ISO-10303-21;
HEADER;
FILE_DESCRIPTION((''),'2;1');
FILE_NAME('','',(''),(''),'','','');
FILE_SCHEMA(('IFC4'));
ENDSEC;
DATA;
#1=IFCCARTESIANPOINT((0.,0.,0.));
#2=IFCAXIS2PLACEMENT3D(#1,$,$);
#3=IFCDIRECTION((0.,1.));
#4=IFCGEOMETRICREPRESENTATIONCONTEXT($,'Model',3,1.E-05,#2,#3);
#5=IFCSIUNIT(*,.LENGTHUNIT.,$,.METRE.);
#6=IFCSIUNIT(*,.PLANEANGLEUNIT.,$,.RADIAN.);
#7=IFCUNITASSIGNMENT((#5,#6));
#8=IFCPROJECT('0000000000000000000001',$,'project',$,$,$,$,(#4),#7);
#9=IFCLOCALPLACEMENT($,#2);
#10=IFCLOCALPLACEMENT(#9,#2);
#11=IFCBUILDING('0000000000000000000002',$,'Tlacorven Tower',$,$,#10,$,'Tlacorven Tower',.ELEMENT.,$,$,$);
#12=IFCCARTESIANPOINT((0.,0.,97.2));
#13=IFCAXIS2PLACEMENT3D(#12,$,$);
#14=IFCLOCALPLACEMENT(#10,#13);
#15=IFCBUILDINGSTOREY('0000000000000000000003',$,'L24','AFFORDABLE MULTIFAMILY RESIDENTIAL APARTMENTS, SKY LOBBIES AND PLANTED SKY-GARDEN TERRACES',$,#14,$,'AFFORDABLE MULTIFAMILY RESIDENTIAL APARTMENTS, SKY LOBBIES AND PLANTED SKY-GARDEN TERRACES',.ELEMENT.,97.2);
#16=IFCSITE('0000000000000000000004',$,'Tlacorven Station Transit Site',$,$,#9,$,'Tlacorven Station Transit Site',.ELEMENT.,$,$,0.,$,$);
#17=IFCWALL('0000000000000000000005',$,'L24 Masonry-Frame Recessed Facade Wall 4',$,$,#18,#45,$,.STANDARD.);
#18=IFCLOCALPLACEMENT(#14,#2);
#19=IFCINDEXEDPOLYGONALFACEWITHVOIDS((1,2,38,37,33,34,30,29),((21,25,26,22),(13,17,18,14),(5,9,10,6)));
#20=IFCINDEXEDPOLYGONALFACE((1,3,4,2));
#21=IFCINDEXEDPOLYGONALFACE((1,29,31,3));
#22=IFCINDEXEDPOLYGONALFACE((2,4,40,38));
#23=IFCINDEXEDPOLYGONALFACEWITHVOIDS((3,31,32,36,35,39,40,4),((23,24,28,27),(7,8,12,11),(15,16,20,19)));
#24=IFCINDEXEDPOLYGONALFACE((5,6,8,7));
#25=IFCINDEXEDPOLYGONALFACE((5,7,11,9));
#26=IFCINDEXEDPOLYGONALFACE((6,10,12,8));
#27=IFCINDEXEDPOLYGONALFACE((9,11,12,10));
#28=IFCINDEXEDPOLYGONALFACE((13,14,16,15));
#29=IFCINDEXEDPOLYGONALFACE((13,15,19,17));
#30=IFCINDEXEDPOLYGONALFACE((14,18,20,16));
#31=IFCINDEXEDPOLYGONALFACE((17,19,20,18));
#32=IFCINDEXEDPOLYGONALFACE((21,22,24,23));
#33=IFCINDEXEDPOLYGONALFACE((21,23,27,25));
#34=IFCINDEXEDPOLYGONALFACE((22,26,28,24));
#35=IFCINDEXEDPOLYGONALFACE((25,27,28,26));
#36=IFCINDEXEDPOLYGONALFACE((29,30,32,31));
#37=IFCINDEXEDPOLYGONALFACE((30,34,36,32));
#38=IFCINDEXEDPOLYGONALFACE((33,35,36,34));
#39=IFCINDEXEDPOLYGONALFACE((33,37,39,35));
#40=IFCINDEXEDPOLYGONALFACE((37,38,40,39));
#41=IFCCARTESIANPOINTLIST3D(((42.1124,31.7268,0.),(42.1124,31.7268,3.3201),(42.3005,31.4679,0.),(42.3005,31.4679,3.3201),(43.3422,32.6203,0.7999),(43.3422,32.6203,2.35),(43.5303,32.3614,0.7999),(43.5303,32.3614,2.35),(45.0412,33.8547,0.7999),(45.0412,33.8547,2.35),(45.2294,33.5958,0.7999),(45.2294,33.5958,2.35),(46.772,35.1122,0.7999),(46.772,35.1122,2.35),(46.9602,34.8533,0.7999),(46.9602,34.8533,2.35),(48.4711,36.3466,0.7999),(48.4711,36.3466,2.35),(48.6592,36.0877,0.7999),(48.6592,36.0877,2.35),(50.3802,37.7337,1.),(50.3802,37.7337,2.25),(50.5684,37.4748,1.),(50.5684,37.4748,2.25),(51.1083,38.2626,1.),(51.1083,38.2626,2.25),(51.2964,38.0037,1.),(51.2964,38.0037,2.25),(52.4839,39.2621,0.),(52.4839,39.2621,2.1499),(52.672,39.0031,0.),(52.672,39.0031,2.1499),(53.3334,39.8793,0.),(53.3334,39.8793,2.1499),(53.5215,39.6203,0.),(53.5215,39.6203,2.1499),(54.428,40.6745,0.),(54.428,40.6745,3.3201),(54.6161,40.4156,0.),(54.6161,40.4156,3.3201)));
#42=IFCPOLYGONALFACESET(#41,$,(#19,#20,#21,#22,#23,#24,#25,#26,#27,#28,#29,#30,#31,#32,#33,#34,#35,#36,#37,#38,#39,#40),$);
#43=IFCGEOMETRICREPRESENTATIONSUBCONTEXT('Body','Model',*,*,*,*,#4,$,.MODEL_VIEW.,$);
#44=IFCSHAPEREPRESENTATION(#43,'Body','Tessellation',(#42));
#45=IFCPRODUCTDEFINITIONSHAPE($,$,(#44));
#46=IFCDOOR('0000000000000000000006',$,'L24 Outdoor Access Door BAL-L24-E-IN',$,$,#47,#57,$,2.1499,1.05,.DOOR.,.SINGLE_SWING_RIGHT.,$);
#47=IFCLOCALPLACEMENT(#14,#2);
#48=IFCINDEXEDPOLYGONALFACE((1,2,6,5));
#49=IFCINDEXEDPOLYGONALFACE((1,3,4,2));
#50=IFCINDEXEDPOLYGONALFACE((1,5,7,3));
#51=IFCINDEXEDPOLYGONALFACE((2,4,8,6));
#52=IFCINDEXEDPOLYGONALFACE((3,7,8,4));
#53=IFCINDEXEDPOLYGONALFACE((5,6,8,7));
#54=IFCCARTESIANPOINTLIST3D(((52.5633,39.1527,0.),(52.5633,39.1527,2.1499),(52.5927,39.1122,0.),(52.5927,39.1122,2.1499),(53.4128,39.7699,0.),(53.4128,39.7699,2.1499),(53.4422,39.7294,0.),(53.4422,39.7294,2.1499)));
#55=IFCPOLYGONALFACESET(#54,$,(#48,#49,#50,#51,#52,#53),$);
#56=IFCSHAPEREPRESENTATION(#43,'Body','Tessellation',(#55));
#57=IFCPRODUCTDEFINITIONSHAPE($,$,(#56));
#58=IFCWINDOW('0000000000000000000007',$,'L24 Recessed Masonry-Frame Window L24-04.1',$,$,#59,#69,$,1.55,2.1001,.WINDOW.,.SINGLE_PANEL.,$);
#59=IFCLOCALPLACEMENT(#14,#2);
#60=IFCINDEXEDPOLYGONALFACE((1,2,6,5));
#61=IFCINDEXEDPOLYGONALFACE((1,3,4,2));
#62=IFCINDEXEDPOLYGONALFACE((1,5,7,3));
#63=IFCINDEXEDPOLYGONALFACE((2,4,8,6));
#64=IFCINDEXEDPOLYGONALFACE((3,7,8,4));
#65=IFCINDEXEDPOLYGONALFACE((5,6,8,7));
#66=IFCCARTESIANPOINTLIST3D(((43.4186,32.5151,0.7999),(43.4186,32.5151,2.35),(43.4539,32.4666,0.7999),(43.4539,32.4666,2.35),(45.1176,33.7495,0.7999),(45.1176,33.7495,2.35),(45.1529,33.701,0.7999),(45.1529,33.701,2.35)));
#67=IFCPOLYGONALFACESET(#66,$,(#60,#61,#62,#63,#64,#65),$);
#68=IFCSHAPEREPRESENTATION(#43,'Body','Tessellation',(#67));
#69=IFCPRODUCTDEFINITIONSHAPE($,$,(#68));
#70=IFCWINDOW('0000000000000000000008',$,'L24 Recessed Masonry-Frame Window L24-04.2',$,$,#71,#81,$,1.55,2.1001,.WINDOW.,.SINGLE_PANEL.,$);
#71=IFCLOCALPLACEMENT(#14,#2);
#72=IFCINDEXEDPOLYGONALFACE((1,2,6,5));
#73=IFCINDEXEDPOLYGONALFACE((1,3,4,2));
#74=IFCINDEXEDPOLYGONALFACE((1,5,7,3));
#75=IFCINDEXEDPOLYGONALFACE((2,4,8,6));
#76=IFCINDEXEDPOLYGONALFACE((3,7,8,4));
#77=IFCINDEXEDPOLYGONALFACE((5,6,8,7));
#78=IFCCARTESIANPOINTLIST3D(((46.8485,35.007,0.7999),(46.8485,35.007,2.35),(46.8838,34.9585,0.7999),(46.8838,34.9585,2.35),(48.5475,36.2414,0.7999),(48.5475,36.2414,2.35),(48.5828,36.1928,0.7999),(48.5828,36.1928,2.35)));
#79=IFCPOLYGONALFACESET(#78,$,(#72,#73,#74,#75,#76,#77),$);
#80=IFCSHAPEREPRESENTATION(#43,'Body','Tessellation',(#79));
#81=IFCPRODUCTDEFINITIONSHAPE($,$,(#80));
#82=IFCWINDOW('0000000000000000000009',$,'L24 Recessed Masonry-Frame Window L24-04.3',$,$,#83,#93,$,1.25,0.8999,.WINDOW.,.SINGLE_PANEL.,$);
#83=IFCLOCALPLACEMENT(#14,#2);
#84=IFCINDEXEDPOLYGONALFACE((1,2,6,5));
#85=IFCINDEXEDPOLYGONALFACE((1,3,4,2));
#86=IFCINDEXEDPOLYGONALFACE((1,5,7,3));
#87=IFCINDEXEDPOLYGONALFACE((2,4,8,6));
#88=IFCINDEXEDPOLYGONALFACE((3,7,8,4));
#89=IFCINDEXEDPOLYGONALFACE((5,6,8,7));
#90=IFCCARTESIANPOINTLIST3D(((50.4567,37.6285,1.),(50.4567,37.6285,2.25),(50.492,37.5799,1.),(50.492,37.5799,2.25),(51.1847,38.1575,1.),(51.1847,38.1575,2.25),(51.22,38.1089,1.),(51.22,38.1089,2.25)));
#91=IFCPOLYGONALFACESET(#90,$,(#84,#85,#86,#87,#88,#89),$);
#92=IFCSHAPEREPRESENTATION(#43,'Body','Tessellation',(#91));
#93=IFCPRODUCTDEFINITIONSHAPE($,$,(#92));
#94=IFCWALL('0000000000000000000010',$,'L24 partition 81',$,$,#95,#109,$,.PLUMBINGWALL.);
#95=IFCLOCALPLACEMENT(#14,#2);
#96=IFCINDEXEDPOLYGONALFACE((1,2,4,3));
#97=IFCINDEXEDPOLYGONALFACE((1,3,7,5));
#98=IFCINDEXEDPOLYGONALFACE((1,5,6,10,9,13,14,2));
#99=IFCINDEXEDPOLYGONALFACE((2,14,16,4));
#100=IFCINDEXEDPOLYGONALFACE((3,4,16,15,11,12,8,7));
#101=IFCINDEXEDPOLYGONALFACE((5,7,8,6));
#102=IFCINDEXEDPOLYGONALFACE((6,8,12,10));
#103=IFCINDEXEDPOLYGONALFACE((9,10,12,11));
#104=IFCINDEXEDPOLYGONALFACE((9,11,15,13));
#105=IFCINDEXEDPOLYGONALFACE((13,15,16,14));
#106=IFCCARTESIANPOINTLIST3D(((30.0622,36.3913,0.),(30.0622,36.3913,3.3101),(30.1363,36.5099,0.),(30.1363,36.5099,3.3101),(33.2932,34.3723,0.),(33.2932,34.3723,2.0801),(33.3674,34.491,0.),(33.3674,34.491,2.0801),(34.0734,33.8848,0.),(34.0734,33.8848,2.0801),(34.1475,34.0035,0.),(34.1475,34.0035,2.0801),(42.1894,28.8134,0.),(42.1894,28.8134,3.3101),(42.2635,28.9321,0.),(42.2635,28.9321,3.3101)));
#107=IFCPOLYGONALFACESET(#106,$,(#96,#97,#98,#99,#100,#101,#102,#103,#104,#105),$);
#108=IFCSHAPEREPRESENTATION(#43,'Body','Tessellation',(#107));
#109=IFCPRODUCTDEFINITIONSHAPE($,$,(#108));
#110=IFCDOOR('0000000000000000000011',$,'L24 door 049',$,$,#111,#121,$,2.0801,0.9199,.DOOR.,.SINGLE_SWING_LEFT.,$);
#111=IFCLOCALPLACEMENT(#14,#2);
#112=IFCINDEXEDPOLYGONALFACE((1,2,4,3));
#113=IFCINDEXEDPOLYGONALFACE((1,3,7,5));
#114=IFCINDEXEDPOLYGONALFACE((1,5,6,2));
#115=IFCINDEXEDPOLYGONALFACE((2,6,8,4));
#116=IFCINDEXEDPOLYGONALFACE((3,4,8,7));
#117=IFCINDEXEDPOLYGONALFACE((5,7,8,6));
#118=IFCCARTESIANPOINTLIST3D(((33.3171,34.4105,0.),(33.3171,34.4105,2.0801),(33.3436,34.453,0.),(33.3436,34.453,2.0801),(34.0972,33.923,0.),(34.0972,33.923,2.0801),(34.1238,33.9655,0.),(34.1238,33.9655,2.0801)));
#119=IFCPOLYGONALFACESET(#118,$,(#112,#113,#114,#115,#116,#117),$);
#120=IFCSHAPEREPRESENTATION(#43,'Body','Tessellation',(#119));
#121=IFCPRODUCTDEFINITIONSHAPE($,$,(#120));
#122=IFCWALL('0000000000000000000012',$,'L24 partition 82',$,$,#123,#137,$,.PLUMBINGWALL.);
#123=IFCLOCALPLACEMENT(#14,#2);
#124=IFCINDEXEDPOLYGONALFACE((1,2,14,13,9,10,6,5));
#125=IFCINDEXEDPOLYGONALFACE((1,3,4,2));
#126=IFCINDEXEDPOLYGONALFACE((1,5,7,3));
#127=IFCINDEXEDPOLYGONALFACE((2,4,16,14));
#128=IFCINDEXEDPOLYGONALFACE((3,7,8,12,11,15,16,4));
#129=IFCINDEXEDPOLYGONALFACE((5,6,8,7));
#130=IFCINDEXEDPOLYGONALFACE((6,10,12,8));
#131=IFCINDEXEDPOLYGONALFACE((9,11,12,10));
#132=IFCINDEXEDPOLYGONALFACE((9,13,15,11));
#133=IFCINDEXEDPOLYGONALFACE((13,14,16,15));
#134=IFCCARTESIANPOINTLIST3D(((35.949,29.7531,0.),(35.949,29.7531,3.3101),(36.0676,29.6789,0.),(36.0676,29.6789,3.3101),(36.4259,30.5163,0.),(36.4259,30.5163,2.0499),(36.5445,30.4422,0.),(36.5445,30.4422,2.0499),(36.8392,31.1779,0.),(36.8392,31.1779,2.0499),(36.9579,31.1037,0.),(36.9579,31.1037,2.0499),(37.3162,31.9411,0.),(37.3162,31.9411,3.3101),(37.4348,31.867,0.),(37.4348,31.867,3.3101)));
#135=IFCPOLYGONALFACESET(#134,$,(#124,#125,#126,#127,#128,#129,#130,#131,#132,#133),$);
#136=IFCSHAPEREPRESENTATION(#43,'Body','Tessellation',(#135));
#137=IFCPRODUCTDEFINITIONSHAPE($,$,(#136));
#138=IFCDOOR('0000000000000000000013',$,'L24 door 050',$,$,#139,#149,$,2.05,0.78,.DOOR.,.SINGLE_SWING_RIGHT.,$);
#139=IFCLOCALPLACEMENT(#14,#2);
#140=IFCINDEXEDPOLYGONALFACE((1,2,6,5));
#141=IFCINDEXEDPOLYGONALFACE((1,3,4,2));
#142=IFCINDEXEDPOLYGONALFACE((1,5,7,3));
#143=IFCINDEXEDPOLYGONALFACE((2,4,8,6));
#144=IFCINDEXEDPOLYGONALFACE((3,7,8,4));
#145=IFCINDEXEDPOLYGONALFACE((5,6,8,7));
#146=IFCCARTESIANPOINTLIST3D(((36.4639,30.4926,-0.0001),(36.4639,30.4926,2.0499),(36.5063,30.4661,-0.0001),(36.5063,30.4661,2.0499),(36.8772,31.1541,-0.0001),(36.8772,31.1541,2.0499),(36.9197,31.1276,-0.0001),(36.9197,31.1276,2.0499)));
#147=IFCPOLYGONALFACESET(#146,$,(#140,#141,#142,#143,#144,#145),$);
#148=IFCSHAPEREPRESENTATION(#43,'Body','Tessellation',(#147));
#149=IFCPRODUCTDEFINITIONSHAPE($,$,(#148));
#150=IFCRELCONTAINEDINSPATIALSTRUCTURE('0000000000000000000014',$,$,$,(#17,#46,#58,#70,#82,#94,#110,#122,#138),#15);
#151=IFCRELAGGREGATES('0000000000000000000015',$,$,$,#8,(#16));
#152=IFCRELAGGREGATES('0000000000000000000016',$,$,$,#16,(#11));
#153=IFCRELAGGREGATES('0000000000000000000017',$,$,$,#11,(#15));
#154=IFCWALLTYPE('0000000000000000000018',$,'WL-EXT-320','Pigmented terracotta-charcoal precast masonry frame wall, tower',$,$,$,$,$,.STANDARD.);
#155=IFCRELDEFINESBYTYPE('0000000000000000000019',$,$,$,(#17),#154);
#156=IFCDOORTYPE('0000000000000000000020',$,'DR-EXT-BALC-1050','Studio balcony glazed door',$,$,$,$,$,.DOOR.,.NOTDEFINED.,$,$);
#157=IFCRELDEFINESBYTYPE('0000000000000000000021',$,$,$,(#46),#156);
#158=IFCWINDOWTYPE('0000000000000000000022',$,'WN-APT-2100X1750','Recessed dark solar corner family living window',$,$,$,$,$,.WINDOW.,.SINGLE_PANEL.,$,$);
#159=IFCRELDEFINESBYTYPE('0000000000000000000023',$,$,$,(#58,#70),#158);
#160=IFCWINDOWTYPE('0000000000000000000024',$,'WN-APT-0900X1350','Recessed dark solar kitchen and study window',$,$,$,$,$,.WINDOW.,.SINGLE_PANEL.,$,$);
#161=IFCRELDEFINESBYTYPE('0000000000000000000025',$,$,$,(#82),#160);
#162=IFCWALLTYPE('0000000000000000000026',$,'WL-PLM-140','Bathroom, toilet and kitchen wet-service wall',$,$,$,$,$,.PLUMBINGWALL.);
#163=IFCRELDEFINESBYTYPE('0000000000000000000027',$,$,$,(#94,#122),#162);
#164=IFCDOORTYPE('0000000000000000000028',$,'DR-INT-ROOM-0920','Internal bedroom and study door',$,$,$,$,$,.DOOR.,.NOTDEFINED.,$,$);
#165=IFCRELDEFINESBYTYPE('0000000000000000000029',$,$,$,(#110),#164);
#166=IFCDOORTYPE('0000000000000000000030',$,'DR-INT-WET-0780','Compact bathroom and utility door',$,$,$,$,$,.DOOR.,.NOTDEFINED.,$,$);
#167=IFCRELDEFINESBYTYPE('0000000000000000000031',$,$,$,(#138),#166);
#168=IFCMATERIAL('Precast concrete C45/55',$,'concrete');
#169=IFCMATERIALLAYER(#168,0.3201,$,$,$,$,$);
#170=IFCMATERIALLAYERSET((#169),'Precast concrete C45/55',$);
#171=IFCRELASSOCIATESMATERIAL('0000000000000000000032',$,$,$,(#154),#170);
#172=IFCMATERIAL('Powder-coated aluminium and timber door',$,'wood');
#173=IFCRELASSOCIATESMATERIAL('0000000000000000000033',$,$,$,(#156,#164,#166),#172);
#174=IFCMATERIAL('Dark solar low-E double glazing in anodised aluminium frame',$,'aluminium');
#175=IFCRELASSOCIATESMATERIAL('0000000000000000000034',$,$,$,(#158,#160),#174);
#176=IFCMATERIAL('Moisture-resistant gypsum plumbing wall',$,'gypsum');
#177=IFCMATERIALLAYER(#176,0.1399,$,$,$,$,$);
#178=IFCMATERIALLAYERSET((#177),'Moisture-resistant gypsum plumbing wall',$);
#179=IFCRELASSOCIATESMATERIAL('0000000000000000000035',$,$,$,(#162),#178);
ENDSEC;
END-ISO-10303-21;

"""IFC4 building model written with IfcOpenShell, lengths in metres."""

from ifc_helpers import new_model, si_unit, direction, frame, frame_2d, origin, place, context, subcontext, project, spatial, rectangle, extrude, source, transform, mapped, material, layer, layer_set, type_object, element, fill, save


model = new_model("IFC4")

# Units and contexts
model_context = context("Model", 3, precision=1e-05, world=origin(), true_north=direction((0.0, 1.0)))
body_context = subcontext(model_context, "Body", "Model", "MODEL_VIEW")
ifc_project = project(units=[si_unit("LENGTHUNIT", "METRE"), si_unit("PLANEANGLEUNIT", "RADIAN")], contexts=[model_context])

# Site, building, storey
site_placement = place(None, origin())
site = spatial("IfcSite", under=ifc_project, at=site_placement, Name="Tlacorven Station Transit Site", LongName="Tlacorven Station Transit Site", CompositionType="ELEMENT", RefElevation=0.0)
building_placement = place(site_placement, origin())
building = spatial("IfcBuilding", under=site, at=building_placement, Name="Tlacorven Tower", LongName="Tlacorven Tower", CompositionType="ELEMENT")
storey_placement = place(building_placement, frame((0.0, 0.0, 97.2)))
storey = spatial("IfcBuildingStorey", under=building, at=storey_placement, Name="L24", Description="AFFORDABLE MULTIFAMILY RESIDENTIAL APARTMENTS, SKY LOBBIES AND PLANTED SKY-GARDEN TERRACES", LongName="AFFORDABLE MULTIFAMILY RESIDENTIAL APARTMENTS, SKY LOBBIES AND PLANTED SKY-GARDEN TERRACES", CompositionType="ELEMENT", Elevation=97.2)

# Wall, openings, door, windows
ifc_material_1 = material(Name="Precast concrete C45/55", Category="concrete")
ifc_layer_1 = layer(ifc_material_1, 0.3201)
ifc_layer_set_1 = layer_set([ifc_layer_1], Name="Precast concrete C45/55")
wall_type_1 = type_object("IfcWallType", Name="WL-EXT-320", Description="Pigmented terracotta-charcoal precast masonry frame wall, tower", PredefinedType="STANDARD", material=ifc_layer_set_1)
wall_1_placement = place(storey_placement, frame((42.2065, 31.5974, 0.0), z_axis=(0.0, 0.0, 1.0), x_axis=(0.80902, 0.587781, 0.0)))
wall_1 = element("IfcWall", 1, at=wall_1_placement, inside=storey, type_object=wall_type_1, Name="L24 Masonry-Frame Recessed Facade Wall 4", PredefinedType="STANDARD", context=body_context, shape_type="SweptSolid", body=[
    extrude(rectangle(XDim=15.2229, YDim=0.3201, at=frame_2d((7.6113, 0.0))), origin(), (0.0, 0.0, 1.0), 3.3201),
])
opening_1_placement = place(wall_1_placement, frame((12.8198, 0.0, 0.0)))
opening_1 = element("IfcOpeningElement", 2, at=opening_1_placement, cuts=wall_1, PredefinedType="OPENING", context=body_context, shape_type="SweptSolid", body=[
    extrude(rectangle(XDim=1.05, YDim=2.1499, at=frame_2d((0.5249, 1.075))), frame((0.0, 0.1699, 0.0), z_axis=(0.0, -1.0, 0.0), x_axis=(1.0, 0.0, 0.0)), (0.0, 0.0, 1.0), 0.3401),
])
opening_2_placement = place(wall_1_placement, frame((1.52, 0.0, 0.8)))
opening_2 = element("IfcOpeningElement", 3, at=opening_2_placement, cuts=wall_1, PredefinedType="OPENING", context=body_context, shape_type="SweptSolid", body=[
    extrude(rectangle(XDim=2.1001, YDim=1.55, at=frame_2d((1.05, 0.7749))), frame((0.0, 0.1699, 0.0), z_axis=(0.0, -1.0, 0.0), x_axis=(1.0, 0.0, 0.0)), (0.0, 0.0, 1.0), 0.3401),
])
opening_3_placement = place(wall_1_placement, frame((5.7595, 0.0, 0.8)))
opening_3 = element("IfcOpeningElement", 4, at=opening_3_placement, cuts=wall_1, PredefinedType="OPENING", context=body_context, shape_type="SweptSolid", body=[
    extrude(rectangle(XDim=2.1001, YDim=1.55, at=frame_2d((1.05, 0.7749))), frame((0.0, 0.1699, 0.0), z_axis=(0.0, -1.0, 0.0), x_axis=(1.0, 0.0, 0.0)), (0.0, 0.0, 1.0), 0.3401),
])
opening_4_placement = place(wall_1_placement, frame((10.2195, 0.0, 1.0)))
opening_4 = element("IfcOpeningElement", 5, at=opening_4_placement, cuts=wall_1, PredefinedType="OPENING", context=body_context, shape_type="SweptSolid", body=[
    extrude(rectangle(XDim=0.8999, YDim=1.25, at=frame_2d((0.45, 0.625))), frame((0.0, 0.1699, 0.0), z_axis=(0.0, -1.0, 0.0), x_axis=(1.0, 0.0, 0.0)), (0.0, 0.0, 1.0), 0.3401),
])
ifc_material_2 = material(Name="Powder-coated aluminium and timber door", Category="wood")
door_type_1 = type_object("IfcDoorType", Name="DR-EXT-BALC-1050", Description="Studio balcony glazed door", OperationType="NOTDEFINED", PredefinedType="DOOR", material=ifc_material_2)
shared_shape_1 = source(origin(), body_context, "Body", "SweptSolid", [
    extrude(rectangle(XDim=1.05, YDim=2.1499, at=frame_2d((0.5249, 1.075))), frame((0.0, 0.0249, 0.0), z_axis=(0.0, -1.0, 0.0), x_axis=(1.0, 0.0, 0.0)), (0.0, 0.0, 1.0), 0.05),
])
door_1_placement = place(opening_1_placement, origin())
door_1 = element("IfcDoor", 6, at=door_1_placement, inside=storey, type_object=door_type_1, Name="L24 Outdoor Access Door BAL-L24-E-IN", OperationType="SINGLE_SWING_RIGHT", OverallHeight=2.1499, OverallWidth=1.05, PredefinedType="DOOR", context=body_context, shape_type="MappedRepresentation", body=[
    mapped(shared_shape_1, transform((0.0, 0.0, 0.0), scale=1.0)),
])
fill(opening_1, door_1)
ifc_material_3 = material(Name="Dark solar low-E double glazing in anodised aluminium frame", Category="aluminium")
window_type_1 = type_object("IfcWindowType", Name="WN-APT-2100X1750", Description="Recessed dark solar corner family living window", PartitioningType="SINGLE_PANEL", PredefinedType="WINDOW", material=ifc_material_3)
shared_shape_2 = source(origin(), body_context, "Body", "SweptSolid", [
    extrude(rectangle(XDim=2.1001, YDim=1.55, at=frame_2d((1.05, 0.7749))), frame((0.0, 0.03, 0.0), z_axis=(0.0, -1.0, 0.0), x_axis=(1.0, 0.0, 0.0)), (0.0, 0.0, 1.0), 0.0601),
])
window_1_placement = place(opening_2_placement, origin())
window_1 = element("IfcWindow", 7, at=window_1_placement, inside=storey, type_object=window_type_1, Name="L24 Recessed Masonry-Frame Window L24-04.1", OverallHeight=1.55, OverallWidth=2.1001, PartitioningType="SINGLE_PANEL", PredefinedType="WINDOW", context=body_context, shape_type="MappedRepresentation", body=[
    mapped(shared_shape_2, transform((0.0, 0.0, 0.0), scale=1.0)),
])
fill(opening_2, window_1)
window_2_placement = place(opening_3_placement, origin())
window_2 = element("IfcWindow", 8, at=window_2_placement, inside=storey, type_object=window_type_1, Name="L24 Recessed Masonry-Frame Window L24-04.2", OverallHeight=1.55, OverallWidth=2.1001, PartitioningType="SINGLE_PANEL", PredefinedType="WINDOW", context=body_context, shape_type="MappedRepresentation", body=[
    mapped(shared_shape_2, transform((0.0, 0.0, 0.0), scale=1.0)),
])
fill(opening_3, window_2)
window_type_2 = type_object("IfcWindowType", Name="WN-APT-0900X1350", Description="Recessed dark solar kitchen and study window", PartitioningType="SINGLE_PANEL", PredefinedType="WINDOW", material=ifc_material_3)
shared_shape_3 = source(origin(), body_context, "Body", "SweptSolid", [
    extrude(rectangle(XDim=0.8999, YDim=1.25, at=frame_2d((0.45, 0.625))), frame((0.0, 0.03, 0.0), z_axis=(0.0, -1.0, 0.0), x_axis=(1.0, 0.0, 0.0)), (0.0, 0.0, 1.0), 0.0601),
])
window_3_placement = place(opening_4_placement, origin())
window_3 = element("IfcWindow", 9, at=window_3_placement, inside=storey, type_object=window_type_2, Name="L24 Recessed Masonry-Frame Window L24-04.3", OverallHeight=1.25, OverallWidth=0.8999, PartitioningType="SINGLE_PANEL", PredefinedType="WINDOW", context=body_context, shape_type="MappedRepresentation", body=[
    mapped(shared_shape_3, transform((0.0, 0.0, 0.0), scale=1.0)),
])
fill(opening_4, window_3)

# Walls, openings, doors
ifc_material_4 = material(Name="Moisture-resistant gypsum plumbing wall", Category="gypsum")
ifc_layer_2 = layer(ifc_material_4, 0.1399)
ifc_layer_set_2 = layer_set([ifc_layer_2], Name="Moisture-resistant gypsum plumbing wall")
wall_type_2 = type_object("IfcWallType", Name="WL-PLM-140", Description="Bathroom, toilet and kitchen wet-service wall", PredefinedType="PLUMBINGWALL", material=ifc_layer_set_2)
wall_2_placement = place(storey_placement, frame((42.2263, 28.8728, 0.0), z_axis=(0.0, 0.0, 1.0), x_axis=(-0.848049, 0.529918, 0.0)))
wall_2 = element("IfcWall", 10, at=wall_2_placement, inside=storey, type_object=wall_type_2, Name="L24 partition 81", PredefinedType="PLUMBINGWALL", context=body_context, shape_type="SweptSolid", body=[
    extrude(rectangle(XDim=14.3, YDim=0.1399, at=frame_2d((7.1499, 0.0))), origin(), (0.0, 0.0, 1.0), 3.3101),
])
opening_5_placement = place(wall_2_placement, frame((9.5701, 0.0, 0.0)))
opening_5 = element("IfcOpeningElement", 11, at=opening_5_placement, cuts=wall_2, PredefinedType="OPENING", context=body_context, shape_type="SweptSolid", body=[
    extrude(rectangle(XDim=0.9199, YDim=2.0801, at=frame_2d((0.46, 1.04))), frame((0.0, 0.0801, 0.0), z_axis=(0.0, -1.0, 0.0), x_axis=(1.0, 0.0, 0.0)), (0.0, 0.0, 1.0), 0.1599),
])
door_type_2 = type_object("IfcDoorType", Name="DR-INT-ROOM-0920", Description="Internal bedroom and study door", OperationType="NOTDEFINED", PredefinedType="DOOR", material=ifc_material_2)
shared_shape_4 = source(origin(), body_context, "Body", "SweptSolid", [
    extrude(rectangle(XDim=0.9199, YDim=2.0801, at=frame_2d((0.46, 1.04))), frame((0.0, 0.0249, 0.0), z_axis=(0.0, -1.0, 0.0), x_axis=(1.0, 0.0, 0.0)), (0.0, 0.0, 1.0), 0.05),
])
door_2_placement = place(opening_5_placement, origin())
door_2 = element("IfcDoor", 12, at=door_2_placement, inside=storey, type_object=door_type_2, Name="L24 door 049", OperationType="SINGLE_SWING_LEFT", OverallHeight=2.0801, OverallWidth=0.9199, PredefinedType="DOOR", context=body_context, shape_type="MappedRepresentation", body=[
    mapped(shared_shape_4, transform((0.0, 0.0, 0.0), scale=1.0)),
])
fill(opening_5, door_2)
wall_3_placement = place(storey_placement, frame((37.3755, 31.9041, 0.0), z_axis=(0.0, 0.0, 1.0), x_axis=(-0.529914, -0.848051, 0.0)))
wall_3 = element("IfcWall", 13, at=wall_3_placement, inside=storey, type_object=wall_type_2, Name="L24 partition 82", PredefinedType="PLUMBINGWALL", context=body_context, shape_type="SweptSolid", body=[
    extrude(rectangle(XDim=2.5801, YDim=0.1399, at=frame_2d((1.29, 0.0))), origin(), (0.0, 0.0, 1.0), 3.3101),
])
opening_6_placement = place(wall_3_placement, frame((0.8999, 0.0, 0.0)))
opening_6 = element("IfcOpeningElement", 14, at=opening_6_placement, cuts=wall_3, PredefinedType="OPENING", context=body_context, shape_type="SweptSolid", body=[
    extrude(rectangle(XDim=0.78, YDim=2.05, at=frame_2d((0.3901, 1.0249))), frame((0.0, 0.0801, 0.0), z_axis=(0.0, -1.0, 0.0), x_axis=(1.0, 0.0, 0.0)), (0.0, 0.0, 1.0), 0.1599),
])
door_type_3 = type_object("IfcDoorType", Name="DR-INT-WET-0780", Description="Compact bathroom and utility door", OperationType="NOTDEFINED", PredefinedType="DOOR", material=ifc_material_2)
shared_shape_5 = source(origin(), body_context, "Body", "SweptSolid", [
    extrude(rectangle(XDim=0.78, YDim=2.05, at=frame_2d((0.3901, 1.0249))), frame((0.0, 0.0249, 0.0), z_axis=(0.0, -1.0, 0.0), x_axis=(1.0, 0.0, 0.0)), (0.0, 0.0, 1.0), 0.05),
])
door_3_placement = place(opening_6_placement, origin())
door_3 = element("IfcDoor", 15, at=door_3_placement, inside=storey, type_object=door_type_3, Name="L24 door 050", OperationType="SINGLE_SWING_RIGHT", OverallHeight=2.05, OverallWidth=0.78, PredefinedType="DOOR", context=body_context, shape_type="MappedRepresentation", body=[
    mapped(shared_shape_5, transform((0.0, 0.0, 0.0), scale=1.0)),
])
fill(opening_6, door_3)

save(model, "model.ifc")
